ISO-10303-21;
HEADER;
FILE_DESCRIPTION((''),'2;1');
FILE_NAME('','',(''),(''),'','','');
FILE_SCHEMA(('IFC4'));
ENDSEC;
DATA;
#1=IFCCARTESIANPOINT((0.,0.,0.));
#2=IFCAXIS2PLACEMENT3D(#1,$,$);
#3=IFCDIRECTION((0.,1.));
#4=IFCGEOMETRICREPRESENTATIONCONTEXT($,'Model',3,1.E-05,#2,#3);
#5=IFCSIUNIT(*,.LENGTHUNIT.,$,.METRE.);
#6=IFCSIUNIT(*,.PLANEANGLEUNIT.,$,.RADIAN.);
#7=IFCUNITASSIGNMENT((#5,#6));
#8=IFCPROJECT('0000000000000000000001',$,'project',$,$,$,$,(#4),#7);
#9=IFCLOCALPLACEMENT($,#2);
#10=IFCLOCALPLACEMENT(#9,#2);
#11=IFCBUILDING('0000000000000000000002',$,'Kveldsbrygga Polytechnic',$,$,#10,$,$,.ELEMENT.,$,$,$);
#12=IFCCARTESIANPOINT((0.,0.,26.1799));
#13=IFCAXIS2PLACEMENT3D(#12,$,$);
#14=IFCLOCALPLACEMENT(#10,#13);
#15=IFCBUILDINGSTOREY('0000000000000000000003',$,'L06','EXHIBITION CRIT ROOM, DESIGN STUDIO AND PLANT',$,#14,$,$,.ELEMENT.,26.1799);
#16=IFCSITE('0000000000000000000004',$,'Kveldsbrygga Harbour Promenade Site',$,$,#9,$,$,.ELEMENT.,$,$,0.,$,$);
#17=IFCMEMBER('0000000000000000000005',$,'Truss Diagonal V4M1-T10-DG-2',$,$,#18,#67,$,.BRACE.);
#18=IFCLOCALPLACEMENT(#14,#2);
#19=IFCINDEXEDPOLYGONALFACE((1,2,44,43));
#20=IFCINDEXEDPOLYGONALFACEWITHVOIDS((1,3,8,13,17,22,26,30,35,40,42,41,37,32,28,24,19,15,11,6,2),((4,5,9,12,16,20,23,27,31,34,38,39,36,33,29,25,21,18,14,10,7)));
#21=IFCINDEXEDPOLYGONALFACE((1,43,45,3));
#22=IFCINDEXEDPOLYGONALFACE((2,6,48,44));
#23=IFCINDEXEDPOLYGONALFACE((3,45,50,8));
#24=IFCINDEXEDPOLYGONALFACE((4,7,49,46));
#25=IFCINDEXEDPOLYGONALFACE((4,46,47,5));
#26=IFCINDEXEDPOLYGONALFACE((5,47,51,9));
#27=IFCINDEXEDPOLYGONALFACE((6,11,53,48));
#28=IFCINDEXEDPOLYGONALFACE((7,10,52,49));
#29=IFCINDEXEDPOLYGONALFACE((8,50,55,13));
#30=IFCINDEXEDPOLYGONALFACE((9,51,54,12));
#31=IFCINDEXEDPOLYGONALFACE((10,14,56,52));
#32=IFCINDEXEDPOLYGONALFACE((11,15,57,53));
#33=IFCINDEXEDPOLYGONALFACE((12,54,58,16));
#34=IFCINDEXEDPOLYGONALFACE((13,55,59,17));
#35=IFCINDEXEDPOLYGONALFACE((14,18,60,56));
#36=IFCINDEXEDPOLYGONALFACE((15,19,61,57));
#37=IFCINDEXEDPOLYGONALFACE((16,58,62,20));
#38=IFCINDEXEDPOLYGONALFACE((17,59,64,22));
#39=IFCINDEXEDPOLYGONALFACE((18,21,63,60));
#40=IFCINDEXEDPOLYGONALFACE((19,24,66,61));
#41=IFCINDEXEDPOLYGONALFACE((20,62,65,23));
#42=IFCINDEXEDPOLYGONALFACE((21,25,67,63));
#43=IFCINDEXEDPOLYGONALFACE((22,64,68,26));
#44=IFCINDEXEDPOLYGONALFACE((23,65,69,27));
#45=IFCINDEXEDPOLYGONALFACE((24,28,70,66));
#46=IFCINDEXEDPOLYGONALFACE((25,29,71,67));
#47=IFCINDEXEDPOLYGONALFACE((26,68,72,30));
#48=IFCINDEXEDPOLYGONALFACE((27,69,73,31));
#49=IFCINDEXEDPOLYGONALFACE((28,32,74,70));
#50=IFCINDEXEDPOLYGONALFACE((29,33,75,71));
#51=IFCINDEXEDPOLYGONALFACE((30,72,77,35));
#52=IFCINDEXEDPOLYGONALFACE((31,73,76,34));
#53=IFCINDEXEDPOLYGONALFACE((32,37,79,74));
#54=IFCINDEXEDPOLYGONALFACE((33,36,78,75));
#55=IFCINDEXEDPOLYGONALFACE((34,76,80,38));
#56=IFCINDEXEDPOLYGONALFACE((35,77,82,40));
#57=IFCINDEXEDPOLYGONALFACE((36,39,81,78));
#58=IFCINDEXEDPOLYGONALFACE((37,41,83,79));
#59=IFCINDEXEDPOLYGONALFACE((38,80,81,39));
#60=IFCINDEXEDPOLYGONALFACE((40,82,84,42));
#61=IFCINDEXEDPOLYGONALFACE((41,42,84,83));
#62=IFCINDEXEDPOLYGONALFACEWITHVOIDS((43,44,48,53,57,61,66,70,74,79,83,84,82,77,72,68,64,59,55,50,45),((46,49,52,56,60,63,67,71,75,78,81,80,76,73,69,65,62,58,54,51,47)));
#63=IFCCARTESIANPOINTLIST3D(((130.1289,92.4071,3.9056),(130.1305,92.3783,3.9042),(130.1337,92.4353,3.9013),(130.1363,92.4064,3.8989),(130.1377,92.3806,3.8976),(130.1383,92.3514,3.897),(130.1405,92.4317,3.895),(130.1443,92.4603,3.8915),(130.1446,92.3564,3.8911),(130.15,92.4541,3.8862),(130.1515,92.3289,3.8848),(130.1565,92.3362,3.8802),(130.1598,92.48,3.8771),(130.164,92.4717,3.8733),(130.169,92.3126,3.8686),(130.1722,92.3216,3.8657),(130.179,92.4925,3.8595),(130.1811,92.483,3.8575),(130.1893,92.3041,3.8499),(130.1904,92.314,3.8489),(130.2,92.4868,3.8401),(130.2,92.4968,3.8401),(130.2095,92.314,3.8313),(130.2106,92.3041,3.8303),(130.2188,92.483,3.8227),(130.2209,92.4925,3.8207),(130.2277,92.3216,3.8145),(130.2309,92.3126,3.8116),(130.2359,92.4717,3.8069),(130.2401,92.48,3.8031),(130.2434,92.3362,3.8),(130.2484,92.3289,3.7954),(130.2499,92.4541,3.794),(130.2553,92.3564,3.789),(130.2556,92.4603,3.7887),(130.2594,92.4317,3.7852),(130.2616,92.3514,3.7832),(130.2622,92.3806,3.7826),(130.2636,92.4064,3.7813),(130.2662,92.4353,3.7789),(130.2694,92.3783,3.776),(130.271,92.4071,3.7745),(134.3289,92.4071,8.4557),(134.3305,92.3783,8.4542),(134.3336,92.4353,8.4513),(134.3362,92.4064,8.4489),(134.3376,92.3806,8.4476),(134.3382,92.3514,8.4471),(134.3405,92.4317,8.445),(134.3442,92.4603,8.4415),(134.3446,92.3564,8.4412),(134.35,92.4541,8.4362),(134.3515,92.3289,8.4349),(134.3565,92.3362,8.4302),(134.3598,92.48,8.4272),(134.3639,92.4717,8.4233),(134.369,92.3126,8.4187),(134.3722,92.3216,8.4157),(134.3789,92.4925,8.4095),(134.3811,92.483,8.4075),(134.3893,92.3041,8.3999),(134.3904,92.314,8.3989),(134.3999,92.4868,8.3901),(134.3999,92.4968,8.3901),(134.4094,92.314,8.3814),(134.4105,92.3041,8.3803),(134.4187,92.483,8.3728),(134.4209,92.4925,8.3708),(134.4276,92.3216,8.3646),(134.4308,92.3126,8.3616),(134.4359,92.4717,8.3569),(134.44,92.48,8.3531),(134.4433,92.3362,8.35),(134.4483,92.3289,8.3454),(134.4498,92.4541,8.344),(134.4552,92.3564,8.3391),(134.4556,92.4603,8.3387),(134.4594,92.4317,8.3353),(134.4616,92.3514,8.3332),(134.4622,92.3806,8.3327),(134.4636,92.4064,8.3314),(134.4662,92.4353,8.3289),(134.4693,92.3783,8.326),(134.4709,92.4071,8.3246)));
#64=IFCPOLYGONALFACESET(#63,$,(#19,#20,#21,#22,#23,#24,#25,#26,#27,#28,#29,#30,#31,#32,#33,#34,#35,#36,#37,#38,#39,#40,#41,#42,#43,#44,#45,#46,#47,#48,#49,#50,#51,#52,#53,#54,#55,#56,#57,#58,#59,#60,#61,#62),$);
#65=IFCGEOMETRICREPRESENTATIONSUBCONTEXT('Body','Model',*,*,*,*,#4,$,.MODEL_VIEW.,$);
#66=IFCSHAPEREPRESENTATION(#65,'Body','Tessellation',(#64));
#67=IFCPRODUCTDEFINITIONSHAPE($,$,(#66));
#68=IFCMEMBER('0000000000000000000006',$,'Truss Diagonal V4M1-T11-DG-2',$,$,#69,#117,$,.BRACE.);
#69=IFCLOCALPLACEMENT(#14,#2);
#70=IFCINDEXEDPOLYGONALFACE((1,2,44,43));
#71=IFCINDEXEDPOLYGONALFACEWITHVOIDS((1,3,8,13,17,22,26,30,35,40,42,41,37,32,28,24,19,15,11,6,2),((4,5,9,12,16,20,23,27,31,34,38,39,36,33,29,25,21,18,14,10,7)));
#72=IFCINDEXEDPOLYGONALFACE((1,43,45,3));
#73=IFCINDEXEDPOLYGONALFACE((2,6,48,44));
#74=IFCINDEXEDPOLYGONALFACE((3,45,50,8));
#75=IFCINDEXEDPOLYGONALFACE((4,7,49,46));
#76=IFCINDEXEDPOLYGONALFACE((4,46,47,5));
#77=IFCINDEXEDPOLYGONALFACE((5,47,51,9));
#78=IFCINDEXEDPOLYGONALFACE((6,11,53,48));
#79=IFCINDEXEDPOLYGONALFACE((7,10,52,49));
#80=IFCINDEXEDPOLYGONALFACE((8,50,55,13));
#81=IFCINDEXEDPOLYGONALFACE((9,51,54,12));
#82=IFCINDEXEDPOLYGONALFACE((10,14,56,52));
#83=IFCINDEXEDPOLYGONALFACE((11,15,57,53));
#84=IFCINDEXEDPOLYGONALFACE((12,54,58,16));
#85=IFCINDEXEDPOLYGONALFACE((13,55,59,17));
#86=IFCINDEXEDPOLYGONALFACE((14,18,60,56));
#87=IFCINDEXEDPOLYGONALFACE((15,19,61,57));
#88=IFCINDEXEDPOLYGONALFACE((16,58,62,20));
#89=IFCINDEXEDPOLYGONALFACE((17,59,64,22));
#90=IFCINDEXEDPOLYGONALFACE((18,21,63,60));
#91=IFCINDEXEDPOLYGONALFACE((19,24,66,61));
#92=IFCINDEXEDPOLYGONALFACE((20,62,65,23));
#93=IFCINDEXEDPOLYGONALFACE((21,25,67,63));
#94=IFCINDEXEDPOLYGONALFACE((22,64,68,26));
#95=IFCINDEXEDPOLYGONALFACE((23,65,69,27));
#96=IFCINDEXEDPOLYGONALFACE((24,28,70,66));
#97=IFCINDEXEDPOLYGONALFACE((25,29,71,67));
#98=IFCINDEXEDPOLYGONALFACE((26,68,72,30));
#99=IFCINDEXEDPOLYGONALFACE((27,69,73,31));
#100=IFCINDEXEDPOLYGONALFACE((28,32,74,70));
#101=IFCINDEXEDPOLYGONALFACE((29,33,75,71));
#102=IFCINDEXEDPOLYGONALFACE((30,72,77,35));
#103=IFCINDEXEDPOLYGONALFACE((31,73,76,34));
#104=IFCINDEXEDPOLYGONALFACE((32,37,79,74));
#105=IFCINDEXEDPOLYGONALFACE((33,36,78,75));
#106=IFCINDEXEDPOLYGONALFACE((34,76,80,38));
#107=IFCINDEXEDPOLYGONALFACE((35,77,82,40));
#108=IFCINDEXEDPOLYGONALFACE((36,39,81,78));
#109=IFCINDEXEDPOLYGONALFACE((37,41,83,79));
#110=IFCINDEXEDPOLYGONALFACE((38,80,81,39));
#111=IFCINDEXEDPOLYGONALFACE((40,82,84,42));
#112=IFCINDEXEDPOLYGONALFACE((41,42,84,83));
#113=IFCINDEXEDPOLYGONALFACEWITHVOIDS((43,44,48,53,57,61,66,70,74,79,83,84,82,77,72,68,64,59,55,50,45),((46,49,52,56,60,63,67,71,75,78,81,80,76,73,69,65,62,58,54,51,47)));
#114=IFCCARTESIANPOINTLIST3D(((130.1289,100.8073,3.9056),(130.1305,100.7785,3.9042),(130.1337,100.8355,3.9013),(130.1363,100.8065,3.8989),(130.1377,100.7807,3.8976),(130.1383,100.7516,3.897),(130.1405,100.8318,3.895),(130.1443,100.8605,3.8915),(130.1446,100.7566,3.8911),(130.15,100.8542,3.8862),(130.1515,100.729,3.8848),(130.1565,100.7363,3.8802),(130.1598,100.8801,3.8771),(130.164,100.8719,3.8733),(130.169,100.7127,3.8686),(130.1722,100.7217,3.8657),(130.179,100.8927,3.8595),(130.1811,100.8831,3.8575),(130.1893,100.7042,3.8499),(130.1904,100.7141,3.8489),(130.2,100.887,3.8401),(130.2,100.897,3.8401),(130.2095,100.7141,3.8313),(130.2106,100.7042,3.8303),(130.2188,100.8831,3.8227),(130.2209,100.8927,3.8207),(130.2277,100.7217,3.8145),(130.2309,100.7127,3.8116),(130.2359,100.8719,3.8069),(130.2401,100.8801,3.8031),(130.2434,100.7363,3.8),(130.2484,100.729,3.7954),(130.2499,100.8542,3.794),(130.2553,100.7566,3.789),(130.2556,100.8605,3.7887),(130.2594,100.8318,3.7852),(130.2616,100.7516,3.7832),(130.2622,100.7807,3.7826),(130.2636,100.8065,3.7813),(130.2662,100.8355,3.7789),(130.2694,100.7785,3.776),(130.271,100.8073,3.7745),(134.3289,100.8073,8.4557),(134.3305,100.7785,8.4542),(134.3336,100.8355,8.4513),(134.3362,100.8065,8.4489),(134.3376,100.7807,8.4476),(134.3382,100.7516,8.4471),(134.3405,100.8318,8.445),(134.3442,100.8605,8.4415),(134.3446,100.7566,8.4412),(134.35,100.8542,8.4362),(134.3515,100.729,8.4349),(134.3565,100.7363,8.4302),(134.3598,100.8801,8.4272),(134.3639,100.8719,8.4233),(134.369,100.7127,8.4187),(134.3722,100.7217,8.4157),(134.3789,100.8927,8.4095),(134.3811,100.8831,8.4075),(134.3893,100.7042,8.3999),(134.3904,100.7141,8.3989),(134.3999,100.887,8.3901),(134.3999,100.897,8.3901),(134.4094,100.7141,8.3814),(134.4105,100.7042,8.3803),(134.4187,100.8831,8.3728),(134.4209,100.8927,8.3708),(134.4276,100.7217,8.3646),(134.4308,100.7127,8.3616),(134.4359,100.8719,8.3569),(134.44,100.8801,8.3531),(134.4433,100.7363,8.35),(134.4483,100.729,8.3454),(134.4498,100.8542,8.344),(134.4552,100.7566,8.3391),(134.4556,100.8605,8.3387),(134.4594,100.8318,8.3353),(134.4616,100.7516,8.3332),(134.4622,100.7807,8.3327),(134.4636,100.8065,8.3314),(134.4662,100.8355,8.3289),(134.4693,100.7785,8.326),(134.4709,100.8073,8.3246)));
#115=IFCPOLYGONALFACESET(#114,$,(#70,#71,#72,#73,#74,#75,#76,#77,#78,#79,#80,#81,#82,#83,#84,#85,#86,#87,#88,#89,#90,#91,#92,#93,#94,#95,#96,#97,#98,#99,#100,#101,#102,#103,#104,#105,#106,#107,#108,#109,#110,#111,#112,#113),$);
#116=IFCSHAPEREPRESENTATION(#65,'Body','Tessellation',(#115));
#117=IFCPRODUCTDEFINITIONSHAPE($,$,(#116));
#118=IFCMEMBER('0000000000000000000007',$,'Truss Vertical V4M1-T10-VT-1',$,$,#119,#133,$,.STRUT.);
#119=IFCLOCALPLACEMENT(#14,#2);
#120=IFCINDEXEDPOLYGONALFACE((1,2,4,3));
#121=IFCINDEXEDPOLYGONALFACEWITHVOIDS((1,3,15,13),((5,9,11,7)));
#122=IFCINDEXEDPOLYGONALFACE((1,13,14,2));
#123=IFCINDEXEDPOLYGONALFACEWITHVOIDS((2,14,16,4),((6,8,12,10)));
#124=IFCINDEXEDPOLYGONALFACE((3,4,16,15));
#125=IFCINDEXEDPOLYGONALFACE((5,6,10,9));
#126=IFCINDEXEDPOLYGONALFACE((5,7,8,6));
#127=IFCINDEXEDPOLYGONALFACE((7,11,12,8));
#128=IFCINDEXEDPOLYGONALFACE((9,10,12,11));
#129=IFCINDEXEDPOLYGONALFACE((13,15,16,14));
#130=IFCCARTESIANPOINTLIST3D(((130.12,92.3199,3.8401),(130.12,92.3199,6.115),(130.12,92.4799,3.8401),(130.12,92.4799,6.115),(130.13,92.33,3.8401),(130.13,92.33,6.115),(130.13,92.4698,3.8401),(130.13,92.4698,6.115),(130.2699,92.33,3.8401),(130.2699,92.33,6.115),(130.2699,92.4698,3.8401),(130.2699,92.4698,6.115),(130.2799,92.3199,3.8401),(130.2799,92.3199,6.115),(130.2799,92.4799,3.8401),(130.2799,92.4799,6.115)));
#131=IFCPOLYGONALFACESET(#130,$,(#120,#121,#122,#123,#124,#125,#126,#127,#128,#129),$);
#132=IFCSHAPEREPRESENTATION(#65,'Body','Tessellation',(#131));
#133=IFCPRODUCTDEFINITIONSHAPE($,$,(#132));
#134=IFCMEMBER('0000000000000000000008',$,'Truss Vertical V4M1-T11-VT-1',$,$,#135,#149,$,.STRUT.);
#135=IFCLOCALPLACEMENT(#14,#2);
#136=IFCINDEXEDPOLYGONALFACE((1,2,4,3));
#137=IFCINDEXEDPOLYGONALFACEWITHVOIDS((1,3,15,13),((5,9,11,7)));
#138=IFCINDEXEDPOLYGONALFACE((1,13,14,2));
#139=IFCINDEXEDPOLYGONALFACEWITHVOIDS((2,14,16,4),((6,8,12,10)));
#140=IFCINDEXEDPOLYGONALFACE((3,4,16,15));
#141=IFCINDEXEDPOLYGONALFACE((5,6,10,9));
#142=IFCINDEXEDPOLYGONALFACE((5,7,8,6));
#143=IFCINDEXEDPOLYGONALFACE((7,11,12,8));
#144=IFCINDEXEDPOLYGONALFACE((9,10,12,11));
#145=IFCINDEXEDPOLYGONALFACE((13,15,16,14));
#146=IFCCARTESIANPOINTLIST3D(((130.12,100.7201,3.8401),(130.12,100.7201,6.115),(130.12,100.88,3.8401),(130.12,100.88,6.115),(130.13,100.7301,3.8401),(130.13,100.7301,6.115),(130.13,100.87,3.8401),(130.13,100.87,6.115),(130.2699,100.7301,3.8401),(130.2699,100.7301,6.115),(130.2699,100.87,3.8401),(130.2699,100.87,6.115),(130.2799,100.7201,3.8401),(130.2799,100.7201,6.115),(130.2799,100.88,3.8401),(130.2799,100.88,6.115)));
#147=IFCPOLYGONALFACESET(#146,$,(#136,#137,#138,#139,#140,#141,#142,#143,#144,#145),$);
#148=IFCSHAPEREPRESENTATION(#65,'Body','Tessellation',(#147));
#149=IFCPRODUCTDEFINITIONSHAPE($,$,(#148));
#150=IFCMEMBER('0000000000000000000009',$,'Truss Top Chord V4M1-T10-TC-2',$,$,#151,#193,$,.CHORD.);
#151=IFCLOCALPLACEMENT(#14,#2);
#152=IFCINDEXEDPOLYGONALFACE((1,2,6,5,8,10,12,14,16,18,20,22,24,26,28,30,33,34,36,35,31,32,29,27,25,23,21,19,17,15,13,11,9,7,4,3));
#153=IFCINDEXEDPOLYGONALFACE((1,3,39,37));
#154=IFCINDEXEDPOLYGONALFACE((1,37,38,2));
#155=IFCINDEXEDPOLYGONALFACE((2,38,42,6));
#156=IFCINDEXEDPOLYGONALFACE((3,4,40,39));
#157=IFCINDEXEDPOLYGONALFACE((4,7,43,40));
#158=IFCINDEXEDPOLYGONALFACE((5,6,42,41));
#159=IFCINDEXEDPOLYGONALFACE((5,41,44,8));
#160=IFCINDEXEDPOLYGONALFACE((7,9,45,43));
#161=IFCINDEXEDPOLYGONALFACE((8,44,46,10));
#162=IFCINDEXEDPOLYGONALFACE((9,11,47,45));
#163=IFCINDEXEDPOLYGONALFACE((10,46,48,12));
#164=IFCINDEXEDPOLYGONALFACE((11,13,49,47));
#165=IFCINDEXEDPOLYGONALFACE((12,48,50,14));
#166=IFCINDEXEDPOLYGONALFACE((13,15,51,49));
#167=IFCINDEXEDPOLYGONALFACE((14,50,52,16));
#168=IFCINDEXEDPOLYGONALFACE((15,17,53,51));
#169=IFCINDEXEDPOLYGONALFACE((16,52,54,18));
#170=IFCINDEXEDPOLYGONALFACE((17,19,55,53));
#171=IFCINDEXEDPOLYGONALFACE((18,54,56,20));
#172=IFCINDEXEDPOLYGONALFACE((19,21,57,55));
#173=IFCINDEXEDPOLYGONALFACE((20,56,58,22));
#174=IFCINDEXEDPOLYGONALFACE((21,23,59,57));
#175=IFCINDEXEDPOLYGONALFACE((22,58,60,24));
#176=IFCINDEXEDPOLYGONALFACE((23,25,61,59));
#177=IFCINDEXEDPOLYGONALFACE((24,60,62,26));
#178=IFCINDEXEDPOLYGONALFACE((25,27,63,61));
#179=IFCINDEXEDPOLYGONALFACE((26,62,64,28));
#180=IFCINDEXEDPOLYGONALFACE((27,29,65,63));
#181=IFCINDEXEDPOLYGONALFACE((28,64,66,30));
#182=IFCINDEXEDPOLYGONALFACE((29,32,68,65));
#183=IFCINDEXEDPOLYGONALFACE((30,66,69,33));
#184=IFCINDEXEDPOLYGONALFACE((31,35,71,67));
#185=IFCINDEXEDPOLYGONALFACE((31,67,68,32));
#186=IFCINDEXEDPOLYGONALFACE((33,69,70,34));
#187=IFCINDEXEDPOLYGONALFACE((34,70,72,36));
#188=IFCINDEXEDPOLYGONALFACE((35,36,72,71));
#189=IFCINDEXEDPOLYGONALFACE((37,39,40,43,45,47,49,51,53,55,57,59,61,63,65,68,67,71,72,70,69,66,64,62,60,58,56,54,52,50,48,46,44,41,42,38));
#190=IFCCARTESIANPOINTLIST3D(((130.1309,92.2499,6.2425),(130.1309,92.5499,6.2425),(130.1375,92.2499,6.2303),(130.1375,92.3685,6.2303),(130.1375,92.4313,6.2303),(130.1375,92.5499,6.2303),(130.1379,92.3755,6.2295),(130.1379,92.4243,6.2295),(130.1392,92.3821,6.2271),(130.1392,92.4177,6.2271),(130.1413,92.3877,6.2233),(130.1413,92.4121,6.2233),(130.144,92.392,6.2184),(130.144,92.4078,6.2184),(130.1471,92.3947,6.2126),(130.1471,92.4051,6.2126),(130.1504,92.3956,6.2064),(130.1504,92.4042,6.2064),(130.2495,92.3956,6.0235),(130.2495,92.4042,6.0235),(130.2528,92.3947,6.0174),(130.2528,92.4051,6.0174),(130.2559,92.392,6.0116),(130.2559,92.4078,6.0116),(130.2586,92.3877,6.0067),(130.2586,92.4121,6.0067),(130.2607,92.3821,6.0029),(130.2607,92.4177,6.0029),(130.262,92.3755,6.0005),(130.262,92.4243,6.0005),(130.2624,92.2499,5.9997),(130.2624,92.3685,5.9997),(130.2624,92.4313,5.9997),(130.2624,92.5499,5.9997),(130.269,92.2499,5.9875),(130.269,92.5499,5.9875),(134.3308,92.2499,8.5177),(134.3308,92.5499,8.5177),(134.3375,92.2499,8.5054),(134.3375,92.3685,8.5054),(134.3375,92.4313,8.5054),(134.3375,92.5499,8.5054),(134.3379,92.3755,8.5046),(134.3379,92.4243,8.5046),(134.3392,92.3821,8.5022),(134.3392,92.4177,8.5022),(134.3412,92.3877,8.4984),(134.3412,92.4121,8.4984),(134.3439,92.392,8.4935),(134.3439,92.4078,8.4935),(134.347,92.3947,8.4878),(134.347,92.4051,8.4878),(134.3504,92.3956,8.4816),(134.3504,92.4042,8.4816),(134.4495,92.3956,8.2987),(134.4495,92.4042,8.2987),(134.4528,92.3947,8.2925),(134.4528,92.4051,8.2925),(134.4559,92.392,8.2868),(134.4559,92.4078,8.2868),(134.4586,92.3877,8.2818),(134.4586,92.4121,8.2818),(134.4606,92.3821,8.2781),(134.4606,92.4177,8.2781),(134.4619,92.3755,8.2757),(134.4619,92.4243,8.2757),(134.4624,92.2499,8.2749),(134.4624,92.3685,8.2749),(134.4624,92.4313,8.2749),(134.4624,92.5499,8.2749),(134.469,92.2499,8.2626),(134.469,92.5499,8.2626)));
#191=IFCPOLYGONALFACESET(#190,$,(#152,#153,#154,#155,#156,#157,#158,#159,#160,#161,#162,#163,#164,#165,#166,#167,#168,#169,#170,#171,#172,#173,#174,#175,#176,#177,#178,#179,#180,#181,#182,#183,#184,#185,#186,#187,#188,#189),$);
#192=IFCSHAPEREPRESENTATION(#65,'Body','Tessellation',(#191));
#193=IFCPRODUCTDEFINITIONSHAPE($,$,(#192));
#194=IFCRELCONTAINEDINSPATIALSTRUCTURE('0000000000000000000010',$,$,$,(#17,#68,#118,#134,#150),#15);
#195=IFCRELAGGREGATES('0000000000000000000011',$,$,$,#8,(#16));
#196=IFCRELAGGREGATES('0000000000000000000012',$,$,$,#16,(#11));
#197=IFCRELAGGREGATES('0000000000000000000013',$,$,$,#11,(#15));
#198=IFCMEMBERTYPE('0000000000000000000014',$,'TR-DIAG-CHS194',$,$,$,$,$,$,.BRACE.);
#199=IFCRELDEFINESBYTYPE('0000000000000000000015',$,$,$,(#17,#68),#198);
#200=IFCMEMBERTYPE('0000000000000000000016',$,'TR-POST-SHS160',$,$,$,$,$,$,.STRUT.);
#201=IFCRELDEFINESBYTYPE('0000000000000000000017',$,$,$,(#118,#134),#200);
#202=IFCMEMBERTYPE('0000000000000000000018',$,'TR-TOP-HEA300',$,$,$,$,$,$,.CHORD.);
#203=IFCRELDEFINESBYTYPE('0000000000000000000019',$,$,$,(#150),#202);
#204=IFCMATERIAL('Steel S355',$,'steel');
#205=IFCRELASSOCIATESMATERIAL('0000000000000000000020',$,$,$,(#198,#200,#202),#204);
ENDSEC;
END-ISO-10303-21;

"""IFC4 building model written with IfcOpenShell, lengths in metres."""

from ifc_helpers import new_model, si_unit, direction, frame, origin, origin_2d, place, context, subcontext, project, spatial, hollow_rectangle, hollow_circle, i_section, extrude, material, material_profile, profile_set, type_object, element, save


model = new_model("IFC4")

# Units and contexts
model_context = context("Model", 3, precision=1e-05, world=origin(), true_north=direction((0.0, 1.0)))
body_context = subcontext(model_context, "Body", "Model", "MODEL_VIEW")
ifc_project = project(units=[si_unit("LENGTHUNIT", "METRE"), si_unit("PLANEANGLEUNIT", "RADIAN")], contexts=[model_context])

# Site, building, storey
site_placement = place(None, origin())
site = spatial("IfcSite", under=ifc_project, at=site_placement, Name="Kveldsbrygga Harbour Promenade Site", CompositionType="ELEMENT", RefElevation=0.0)
building_placement = place(site_placement, origin())
building = spatial("IfcBuilding", under=site, at=building_placement, Name="Kveldsbrygga Polytechnic", CompositionType="ELEMENT")
storey_placement = place(building_placement, frame((0.0, 0.0, 26.1799)))
storey = spatial("IfcBuildingStorey", under=building, at=storey_placement, Name="L06", Description="EXHIBITION CRIT ROOM, DESIGN STUDIO AND PLANT", CompositionType="ELEMENT", Elevation=26.1799)

# Members
ifc_material_1 = material(Name="Steel S355", Category="steel")
ifc_material_profile_1 = material_profile(ifc_material_1, hollow_circle(Radius=0.0969, WallThickness=0.01, at=origin_2d()), Name="CHS 193.7x10.0")
ifc_profile_set_1 = profile_set([ifc_material_profile_1], Name="Steel S355")
member_type_1 = type_object("IfcMemberType", Name="TR-DIAG-CHS194", PredefinedType="BRACE", material=ifc_profile_set_1)
for number, where, z_axis, x_axis, name in (
    (1, (130.2, 92.3999, 3.8401), (0.678272, 0.0, 0.734811), (0.0, 1.0, 0.0), "Truss Diagonal V4M1-T10-DG-2"),
    (2, (130.2, 100.8, 3.8401), (0.678272, 0.0, 0.734811), (0.0, 1.0, 0.0), "Truss Diagonal V4M1-T11-DG-2"),
):
    element("IfcMember", number, at=place(storey_placement, frame(where, z_axis=z_axis, x_axis=x_axis)), inside=storey, type_object=member_type_1, Name=name, PredefinedType="BRACE", context=body_context, shape_type="SweptSolid", body=[
        extrude(hollow_circle(Radius=0.0969, WallThickness=0.01, at=origin_2d()), origin(), (0.0, 0.0, 1.0), 6.1921),
    ])
ifc_material_profile_2 = material_profile(ifc_material_1, hollow_rectangle(XDim=0.1599, YDim=0.1599, WallThickness=0.01, at=origin_2d()), Name="SHS 160x160x10.0")
ifc_profile_set_2 = profile_set([ifc_material_profile_2], Name="Steel S355")
member_type_2 = type_object("IfcMemberType", Name="TR-POST-SHS160", PredefinedType="STRUT", material=ifc_profile_set_2)
for number, where, z_axis, x_axis, name in (
    (3, (130.2, 92.3999, 3.8401), (0.0, 0.0, 1.0), (1.0, 0.0, 0.0), "Truss Vertical V4M1-T10-VT-1"),
    (4, (130.2, 100.8, 3.8401), (0.0, 0.0, 1.0), (1.0, 0.0, 0.0), "Truss Vertical V4M1-T11-VT-1"),
):
    element("IfcMember", number, at=place(storey_placement, frame(where, z_axis=z_axis, x_axis=x_axis)), inside=storey, type_object=member_type_2, Name=name, PredefinedType="STRUT", context=body_context, shape_type="SweptSolid", body=[
        extrude(hollow_rectangle(XDim=0.1599, YDim=0.1599, WallThickness=0.01, at=origin_2d()), origin(), (0.0, 0.0, 1.0), 2.2749),
    ])
ifc_material_profile_3 = material_profile(ifc_material_1, i_section(OverallWidth=0.3, OverallDepth=0.29, WebThickness=0.0085, FlangeThickness=0.0139, FilletRadius=0.0271, at=origin_2d()), Name="HEA 300")
ifc_profile_set_3 = profile_set([ifc_material_profile_3], Name="Steel S355")
member_type_3 = type_object("IfcMemberType", Name="TR-TOP-HEA300", PredefinedType="CHORD", material=ifc_profile_set_3)
for number, where, z_axis, x_axis, name in (
    (5, (130.2, 92.3999, 6.115), (0.879277, 0.0, 0.476311), (0.0, 1.0, 0.0), "Truss Top Chord V4M1-T10-TC-2"),
):
    element("IfcMember", number, at=place(storey_placement, frame(where, z_axis=z_axis, x_axis=x_axis)), inside=storey, type_object=member_type_3, Name=name, PredefinedType="CHORD", context=body_context, shape_type="SweptSolid", body=[
        extrude(i_section(OverallWidth=0.3, OverallDepth=0.29, WebThickness=0.0085, FlangeThickness=0.0139, FilletRadius=0.0271, at=origin_2d()), origin(), (0.0, 0.0, 1.0), 4.7766),
    ])

save(model, "model.ifc")
